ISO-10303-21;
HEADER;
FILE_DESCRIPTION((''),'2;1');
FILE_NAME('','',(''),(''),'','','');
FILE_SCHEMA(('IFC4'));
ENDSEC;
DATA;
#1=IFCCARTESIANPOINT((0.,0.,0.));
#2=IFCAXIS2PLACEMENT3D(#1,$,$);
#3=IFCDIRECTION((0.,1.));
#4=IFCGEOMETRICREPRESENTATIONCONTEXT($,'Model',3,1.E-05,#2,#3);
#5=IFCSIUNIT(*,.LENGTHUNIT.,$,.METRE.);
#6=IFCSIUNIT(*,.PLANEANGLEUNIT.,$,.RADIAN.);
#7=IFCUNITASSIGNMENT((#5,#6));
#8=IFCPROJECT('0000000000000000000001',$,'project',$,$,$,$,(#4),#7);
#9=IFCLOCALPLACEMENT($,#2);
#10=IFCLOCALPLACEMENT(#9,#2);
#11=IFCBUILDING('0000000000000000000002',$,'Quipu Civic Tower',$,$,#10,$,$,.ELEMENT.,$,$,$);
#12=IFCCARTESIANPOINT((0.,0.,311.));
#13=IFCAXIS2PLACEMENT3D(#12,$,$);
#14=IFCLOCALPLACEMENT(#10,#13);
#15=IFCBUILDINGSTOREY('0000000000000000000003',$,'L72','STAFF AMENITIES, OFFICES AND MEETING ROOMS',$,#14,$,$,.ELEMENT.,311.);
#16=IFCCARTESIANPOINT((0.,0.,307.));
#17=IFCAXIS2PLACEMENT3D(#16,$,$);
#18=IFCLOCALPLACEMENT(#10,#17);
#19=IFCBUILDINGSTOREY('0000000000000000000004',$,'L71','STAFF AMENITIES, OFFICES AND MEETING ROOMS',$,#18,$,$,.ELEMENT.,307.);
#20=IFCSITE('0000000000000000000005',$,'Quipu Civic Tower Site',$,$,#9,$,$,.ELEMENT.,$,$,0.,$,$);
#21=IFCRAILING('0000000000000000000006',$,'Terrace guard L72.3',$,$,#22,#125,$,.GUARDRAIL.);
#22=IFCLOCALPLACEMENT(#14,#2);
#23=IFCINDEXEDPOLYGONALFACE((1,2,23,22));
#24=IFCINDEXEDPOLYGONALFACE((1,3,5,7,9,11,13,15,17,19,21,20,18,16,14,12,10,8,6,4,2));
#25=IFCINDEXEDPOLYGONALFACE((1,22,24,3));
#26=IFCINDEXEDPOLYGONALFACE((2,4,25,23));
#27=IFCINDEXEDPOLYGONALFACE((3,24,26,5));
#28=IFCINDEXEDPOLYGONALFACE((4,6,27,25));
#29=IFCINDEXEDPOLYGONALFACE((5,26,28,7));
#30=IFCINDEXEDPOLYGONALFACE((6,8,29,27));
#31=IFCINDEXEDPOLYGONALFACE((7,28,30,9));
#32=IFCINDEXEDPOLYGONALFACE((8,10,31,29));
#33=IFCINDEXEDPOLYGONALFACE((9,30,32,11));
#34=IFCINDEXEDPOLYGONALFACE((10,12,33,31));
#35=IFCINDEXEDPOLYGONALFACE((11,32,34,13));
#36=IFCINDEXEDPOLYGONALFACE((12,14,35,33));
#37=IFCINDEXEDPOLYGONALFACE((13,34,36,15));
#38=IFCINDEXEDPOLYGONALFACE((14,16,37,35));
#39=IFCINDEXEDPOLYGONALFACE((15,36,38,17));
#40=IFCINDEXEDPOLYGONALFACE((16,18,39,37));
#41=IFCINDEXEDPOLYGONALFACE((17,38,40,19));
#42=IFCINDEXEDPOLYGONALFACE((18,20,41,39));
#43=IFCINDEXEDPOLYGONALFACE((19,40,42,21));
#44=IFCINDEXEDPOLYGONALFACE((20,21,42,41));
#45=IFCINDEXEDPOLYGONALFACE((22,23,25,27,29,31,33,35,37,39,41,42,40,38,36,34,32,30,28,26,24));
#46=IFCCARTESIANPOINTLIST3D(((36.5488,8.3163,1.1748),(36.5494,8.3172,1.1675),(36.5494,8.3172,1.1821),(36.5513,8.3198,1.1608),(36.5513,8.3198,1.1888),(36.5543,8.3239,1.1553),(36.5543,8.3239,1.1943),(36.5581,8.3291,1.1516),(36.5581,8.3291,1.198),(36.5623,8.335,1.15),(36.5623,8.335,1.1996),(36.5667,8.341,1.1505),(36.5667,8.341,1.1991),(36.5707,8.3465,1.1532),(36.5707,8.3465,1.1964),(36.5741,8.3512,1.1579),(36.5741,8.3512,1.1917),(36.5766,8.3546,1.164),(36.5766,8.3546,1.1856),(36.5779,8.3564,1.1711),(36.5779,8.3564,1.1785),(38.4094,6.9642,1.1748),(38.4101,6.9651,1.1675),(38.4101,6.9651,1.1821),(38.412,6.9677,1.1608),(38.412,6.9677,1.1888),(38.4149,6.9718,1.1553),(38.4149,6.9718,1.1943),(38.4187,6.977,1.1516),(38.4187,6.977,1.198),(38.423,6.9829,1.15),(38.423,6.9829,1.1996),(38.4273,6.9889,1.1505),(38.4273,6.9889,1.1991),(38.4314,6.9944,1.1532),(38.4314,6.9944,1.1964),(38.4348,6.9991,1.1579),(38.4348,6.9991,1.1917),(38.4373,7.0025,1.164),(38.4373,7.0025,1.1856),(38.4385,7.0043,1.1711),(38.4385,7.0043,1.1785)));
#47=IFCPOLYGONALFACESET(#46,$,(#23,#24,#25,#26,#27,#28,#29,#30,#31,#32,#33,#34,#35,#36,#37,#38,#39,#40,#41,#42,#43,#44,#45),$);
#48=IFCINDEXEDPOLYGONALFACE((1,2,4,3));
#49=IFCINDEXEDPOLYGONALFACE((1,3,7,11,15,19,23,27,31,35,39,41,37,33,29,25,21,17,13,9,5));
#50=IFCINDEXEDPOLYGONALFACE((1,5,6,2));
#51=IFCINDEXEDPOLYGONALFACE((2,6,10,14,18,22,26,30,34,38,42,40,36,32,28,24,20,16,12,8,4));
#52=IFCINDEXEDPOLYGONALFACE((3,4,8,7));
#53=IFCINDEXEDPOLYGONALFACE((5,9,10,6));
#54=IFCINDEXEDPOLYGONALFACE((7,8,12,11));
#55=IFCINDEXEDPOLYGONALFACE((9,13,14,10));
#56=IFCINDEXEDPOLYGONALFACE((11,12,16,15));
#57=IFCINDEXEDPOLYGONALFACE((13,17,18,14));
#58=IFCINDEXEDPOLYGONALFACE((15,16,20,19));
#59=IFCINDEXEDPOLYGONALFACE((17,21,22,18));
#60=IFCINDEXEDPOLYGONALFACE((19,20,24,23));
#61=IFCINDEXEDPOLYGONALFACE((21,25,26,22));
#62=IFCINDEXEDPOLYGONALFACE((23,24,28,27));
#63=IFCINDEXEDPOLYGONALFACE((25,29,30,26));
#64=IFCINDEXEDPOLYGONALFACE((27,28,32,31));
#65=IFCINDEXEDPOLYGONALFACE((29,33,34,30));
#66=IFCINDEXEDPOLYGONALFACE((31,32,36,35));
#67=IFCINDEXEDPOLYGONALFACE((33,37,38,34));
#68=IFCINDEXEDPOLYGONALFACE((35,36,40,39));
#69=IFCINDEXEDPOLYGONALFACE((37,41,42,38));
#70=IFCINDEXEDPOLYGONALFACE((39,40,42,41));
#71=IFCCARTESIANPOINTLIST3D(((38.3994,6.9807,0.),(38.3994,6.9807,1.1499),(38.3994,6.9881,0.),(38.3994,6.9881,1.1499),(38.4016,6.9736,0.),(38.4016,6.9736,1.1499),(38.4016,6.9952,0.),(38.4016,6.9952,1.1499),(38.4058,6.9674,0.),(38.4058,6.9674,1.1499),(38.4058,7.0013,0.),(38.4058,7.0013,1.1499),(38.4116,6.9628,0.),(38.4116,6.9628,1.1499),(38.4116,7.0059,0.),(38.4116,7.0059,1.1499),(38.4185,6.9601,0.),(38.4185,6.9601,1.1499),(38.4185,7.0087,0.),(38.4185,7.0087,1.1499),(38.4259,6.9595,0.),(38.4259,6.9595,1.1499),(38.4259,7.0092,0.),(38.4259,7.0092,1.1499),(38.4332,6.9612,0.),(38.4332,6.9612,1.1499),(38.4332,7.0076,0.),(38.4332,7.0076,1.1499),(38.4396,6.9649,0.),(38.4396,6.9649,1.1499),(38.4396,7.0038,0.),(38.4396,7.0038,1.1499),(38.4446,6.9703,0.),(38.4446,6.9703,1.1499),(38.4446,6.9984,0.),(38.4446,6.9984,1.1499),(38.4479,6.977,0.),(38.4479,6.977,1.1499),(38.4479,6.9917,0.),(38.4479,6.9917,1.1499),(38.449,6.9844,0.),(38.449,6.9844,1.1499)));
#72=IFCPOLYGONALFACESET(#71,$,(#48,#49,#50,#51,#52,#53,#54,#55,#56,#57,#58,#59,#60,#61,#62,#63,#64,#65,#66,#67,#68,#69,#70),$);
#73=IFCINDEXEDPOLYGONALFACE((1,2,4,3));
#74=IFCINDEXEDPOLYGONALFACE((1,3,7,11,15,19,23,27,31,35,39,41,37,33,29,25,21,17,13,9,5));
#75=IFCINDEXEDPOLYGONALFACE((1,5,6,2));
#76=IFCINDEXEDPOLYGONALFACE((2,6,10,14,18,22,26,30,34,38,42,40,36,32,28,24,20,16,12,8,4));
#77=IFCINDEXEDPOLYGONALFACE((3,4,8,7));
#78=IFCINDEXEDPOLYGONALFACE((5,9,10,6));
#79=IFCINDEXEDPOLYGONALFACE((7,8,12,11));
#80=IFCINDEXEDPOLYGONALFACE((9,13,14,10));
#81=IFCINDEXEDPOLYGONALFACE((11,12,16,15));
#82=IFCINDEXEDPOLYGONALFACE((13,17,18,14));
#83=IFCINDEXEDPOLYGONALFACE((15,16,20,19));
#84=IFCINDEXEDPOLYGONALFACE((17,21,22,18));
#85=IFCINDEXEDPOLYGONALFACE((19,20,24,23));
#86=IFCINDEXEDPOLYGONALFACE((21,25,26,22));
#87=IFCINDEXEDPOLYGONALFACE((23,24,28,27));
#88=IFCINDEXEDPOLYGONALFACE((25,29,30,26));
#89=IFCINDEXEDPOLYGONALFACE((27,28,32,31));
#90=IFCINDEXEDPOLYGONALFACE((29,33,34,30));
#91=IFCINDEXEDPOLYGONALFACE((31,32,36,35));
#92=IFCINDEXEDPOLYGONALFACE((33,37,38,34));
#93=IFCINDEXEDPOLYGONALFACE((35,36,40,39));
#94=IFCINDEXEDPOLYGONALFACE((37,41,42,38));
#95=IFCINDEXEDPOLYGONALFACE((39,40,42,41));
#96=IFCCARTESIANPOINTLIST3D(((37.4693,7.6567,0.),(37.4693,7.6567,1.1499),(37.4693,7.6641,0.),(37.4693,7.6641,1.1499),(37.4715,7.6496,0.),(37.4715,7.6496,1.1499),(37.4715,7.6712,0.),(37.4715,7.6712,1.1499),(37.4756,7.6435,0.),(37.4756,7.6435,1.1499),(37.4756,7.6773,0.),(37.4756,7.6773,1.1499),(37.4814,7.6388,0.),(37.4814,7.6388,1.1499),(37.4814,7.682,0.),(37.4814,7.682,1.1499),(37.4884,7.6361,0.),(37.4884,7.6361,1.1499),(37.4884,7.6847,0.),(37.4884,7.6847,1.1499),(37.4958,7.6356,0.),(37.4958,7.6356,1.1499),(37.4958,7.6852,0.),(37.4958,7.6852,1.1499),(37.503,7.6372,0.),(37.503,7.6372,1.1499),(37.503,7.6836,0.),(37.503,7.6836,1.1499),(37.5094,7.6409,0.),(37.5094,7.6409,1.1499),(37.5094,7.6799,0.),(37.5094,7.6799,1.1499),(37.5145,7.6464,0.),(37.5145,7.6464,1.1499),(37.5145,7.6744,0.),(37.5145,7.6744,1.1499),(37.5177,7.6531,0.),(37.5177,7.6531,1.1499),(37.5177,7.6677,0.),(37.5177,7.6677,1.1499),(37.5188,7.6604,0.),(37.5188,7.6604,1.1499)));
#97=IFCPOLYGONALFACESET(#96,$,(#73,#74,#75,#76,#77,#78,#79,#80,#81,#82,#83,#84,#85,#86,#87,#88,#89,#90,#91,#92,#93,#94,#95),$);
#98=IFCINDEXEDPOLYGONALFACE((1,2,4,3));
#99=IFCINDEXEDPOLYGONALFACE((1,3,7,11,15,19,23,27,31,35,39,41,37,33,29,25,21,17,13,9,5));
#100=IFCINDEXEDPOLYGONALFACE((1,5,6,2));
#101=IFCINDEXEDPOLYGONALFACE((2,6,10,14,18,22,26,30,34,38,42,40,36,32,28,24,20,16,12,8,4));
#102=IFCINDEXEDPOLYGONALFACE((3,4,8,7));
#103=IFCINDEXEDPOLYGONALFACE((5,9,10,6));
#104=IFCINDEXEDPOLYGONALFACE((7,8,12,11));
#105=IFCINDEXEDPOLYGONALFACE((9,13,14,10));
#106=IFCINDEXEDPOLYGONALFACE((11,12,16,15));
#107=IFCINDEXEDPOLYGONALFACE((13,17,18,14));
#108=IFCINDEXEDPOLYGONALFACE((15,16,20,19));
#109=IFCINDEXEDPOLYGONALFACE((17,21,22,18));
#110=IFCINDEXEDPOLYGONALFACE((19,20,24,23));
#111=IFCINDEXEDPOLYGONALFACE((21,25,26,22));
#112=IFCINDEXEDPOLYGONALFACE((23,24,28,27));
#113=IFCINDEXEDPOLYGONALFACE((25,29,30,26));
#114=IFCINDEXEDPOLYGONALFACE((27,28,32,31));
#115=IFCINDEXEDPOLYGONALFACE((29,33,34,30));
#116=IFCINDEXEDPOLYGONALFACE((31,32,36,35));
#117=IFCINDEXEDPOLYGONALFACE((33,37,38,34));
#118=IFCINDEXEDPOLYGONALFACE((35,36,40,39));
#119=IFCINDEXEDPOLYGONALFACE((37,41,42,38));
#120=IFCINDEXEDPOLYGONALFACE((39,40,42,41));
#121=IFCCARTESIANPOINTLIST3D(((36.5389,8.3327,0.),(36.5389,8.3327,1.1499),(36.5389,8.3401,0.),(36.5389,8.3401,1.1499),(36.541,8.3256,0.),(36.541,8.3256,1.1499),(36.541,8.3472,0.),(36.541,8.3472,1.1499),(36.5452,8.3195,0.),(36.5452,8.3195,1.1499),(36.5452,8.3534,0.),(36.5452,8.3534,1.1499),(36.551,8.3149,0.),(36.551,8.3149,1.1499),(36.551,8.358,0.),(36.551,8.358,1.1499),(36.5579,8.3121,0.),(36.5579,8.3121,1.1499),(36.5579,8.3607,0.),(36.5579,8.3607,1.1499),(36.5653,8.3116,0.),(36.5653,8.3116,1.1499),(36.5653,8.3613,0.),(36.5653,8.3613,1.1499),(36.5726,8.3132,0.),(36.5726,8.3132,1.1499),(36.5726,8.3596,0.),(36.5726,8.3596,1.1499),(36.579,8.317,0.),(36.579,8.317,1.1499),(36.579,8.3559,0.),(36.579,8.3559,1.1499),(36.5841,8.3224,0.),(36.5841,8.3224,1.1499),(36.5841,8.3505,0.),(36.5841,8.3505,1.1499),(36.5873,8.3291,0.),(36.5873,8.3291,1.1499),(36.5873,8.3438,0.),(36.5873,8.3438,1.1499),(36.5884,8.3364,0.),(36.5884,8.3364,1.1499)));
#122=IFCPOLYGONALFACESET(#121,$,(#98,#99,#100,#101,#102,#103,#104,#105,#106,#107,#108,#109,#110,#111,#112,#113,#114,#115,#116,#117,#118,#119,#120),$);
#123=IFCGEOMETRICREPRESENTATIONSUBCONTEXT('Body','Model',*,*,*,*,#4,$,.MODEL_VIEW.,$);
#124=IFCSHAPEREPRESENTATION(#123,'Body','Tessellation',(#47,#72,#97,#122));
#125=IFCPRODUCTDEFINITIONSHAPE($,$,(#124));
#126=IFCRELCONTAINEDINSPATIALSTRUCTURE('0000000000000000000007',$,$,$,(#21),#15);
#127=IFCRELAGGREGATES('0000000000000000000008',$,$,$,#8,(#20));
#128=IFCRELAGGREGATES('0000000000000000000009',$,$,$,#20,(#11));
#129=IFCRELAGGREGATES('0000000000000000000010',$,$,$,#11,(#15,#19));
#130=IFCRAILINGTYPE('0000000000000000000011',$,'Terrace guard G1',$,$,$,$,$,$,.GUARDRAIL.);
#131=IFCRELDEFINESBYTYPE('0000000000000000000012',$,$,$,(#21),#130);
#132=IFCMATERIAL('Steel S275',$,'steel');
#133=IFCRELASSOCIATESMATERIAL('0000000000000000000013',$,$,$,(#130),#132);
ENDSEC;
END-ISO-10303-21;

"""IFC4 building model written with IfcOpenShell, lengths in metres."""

from ifc_helpers import new_model, si_unit, direction, frame, origin, origin_2d, place, context, subcontext, project, spatial, circle, extrude, material, type_object, element, save


model = new_model("IFC4")

# Units and contexts
model_context = context("Model", 3, precision=1e-05, world=origin(), true_north=direction((0.0, 1.0)))
body_context = subcontext(model_context, "Body", "Model", "MODEL_VIEW")
ifc_project = project(units=[si_unit("LENGTHUNIT", "METRE"), si_unit("PLANEANGLEUNIT", "RADIAN")], contexts=[model_context])

# Site, building, storey
site_placement = place(None, origin())
site = spatial("IfcSite", under=ifc_project, at=site_placement, Name="Quipu Civic Tower Site", CompositionType="ELEMENT", RefElevation=0.0)
building_placement = place(site_placement, origin())
building = spatial("IfcBuilding", under=site, at=building_placement, Name="Quipu Civic Tower", CompositionType="ELEMENT")
storey_1_placement = place(building_placement, frame((0.0, 0.0, 311.0)))
storey_1 = spatial("IfcBuildingStorey", under=building, at=storey_1_placement, Name="L72", Description="STAFF AMENITIES, OFFICES AND MEETING ROOMS", CompositionType="ELEMENT", Elevation=311.0)

# Shared definitions
storey_2_placement = place(building_placement, frame((0.0, 0.0, 307.0)))
storey_2 = spatial("IfcBuildingStorey", under=building, at=storey_2_placement, Name="L71", Description="STAFF AMENITIES, OFFICES AND MEETING ROOMS", CompositionType="ELEMENT", Elevation=307.0)

# Railing
ifc_material_1 = material(Name="Steel S275", Category="steel")
railing_type = type_object("IfcRailingType", Name="Terrace guard G1", PredefinedType="GUARDRAIL", material=ifc_material_1)
railing_1_placement = place(storey_1_placement, frame((38.4241, 6.9844, 0.0)))
element("IfcRailing", 1, at=railing_1_placement, inside=storey_1, type_object=railing_type, Name="Terrace guard L72.3", PredefinedType="GUARDRAIL", context=body_context, shape_type="SweptSolid", body=[
    extrude(circle(Radius=0.0249, at=origin_2d()), frame((0.0, 0.0, 1.1748), z_axis=(-0.808966, 0.587856, 0.0), x_axis=(-0.587856, -0.808966, 0.0)), (0.0, 0.0, 1.0), 2.3),
    extrude(circle(Radius=0.0249, at=origin_2d()), origin(), (0.0, 0.0, 1.0), 1.1499),
    extrude(circle(Radius=0.0249, at=origin_2d()), frame((-0.9302, 0.676, 0.0)), (0.0, 0.0, 1.0), 1.1499),
    extrude(circle(Radius=0.0249, at=origin_2d()), frame((-1.8606, 1.3521, 0.0)), (0.0, 0.0, 1.0), 1.1499),
])

save(model, "model.ifc")
